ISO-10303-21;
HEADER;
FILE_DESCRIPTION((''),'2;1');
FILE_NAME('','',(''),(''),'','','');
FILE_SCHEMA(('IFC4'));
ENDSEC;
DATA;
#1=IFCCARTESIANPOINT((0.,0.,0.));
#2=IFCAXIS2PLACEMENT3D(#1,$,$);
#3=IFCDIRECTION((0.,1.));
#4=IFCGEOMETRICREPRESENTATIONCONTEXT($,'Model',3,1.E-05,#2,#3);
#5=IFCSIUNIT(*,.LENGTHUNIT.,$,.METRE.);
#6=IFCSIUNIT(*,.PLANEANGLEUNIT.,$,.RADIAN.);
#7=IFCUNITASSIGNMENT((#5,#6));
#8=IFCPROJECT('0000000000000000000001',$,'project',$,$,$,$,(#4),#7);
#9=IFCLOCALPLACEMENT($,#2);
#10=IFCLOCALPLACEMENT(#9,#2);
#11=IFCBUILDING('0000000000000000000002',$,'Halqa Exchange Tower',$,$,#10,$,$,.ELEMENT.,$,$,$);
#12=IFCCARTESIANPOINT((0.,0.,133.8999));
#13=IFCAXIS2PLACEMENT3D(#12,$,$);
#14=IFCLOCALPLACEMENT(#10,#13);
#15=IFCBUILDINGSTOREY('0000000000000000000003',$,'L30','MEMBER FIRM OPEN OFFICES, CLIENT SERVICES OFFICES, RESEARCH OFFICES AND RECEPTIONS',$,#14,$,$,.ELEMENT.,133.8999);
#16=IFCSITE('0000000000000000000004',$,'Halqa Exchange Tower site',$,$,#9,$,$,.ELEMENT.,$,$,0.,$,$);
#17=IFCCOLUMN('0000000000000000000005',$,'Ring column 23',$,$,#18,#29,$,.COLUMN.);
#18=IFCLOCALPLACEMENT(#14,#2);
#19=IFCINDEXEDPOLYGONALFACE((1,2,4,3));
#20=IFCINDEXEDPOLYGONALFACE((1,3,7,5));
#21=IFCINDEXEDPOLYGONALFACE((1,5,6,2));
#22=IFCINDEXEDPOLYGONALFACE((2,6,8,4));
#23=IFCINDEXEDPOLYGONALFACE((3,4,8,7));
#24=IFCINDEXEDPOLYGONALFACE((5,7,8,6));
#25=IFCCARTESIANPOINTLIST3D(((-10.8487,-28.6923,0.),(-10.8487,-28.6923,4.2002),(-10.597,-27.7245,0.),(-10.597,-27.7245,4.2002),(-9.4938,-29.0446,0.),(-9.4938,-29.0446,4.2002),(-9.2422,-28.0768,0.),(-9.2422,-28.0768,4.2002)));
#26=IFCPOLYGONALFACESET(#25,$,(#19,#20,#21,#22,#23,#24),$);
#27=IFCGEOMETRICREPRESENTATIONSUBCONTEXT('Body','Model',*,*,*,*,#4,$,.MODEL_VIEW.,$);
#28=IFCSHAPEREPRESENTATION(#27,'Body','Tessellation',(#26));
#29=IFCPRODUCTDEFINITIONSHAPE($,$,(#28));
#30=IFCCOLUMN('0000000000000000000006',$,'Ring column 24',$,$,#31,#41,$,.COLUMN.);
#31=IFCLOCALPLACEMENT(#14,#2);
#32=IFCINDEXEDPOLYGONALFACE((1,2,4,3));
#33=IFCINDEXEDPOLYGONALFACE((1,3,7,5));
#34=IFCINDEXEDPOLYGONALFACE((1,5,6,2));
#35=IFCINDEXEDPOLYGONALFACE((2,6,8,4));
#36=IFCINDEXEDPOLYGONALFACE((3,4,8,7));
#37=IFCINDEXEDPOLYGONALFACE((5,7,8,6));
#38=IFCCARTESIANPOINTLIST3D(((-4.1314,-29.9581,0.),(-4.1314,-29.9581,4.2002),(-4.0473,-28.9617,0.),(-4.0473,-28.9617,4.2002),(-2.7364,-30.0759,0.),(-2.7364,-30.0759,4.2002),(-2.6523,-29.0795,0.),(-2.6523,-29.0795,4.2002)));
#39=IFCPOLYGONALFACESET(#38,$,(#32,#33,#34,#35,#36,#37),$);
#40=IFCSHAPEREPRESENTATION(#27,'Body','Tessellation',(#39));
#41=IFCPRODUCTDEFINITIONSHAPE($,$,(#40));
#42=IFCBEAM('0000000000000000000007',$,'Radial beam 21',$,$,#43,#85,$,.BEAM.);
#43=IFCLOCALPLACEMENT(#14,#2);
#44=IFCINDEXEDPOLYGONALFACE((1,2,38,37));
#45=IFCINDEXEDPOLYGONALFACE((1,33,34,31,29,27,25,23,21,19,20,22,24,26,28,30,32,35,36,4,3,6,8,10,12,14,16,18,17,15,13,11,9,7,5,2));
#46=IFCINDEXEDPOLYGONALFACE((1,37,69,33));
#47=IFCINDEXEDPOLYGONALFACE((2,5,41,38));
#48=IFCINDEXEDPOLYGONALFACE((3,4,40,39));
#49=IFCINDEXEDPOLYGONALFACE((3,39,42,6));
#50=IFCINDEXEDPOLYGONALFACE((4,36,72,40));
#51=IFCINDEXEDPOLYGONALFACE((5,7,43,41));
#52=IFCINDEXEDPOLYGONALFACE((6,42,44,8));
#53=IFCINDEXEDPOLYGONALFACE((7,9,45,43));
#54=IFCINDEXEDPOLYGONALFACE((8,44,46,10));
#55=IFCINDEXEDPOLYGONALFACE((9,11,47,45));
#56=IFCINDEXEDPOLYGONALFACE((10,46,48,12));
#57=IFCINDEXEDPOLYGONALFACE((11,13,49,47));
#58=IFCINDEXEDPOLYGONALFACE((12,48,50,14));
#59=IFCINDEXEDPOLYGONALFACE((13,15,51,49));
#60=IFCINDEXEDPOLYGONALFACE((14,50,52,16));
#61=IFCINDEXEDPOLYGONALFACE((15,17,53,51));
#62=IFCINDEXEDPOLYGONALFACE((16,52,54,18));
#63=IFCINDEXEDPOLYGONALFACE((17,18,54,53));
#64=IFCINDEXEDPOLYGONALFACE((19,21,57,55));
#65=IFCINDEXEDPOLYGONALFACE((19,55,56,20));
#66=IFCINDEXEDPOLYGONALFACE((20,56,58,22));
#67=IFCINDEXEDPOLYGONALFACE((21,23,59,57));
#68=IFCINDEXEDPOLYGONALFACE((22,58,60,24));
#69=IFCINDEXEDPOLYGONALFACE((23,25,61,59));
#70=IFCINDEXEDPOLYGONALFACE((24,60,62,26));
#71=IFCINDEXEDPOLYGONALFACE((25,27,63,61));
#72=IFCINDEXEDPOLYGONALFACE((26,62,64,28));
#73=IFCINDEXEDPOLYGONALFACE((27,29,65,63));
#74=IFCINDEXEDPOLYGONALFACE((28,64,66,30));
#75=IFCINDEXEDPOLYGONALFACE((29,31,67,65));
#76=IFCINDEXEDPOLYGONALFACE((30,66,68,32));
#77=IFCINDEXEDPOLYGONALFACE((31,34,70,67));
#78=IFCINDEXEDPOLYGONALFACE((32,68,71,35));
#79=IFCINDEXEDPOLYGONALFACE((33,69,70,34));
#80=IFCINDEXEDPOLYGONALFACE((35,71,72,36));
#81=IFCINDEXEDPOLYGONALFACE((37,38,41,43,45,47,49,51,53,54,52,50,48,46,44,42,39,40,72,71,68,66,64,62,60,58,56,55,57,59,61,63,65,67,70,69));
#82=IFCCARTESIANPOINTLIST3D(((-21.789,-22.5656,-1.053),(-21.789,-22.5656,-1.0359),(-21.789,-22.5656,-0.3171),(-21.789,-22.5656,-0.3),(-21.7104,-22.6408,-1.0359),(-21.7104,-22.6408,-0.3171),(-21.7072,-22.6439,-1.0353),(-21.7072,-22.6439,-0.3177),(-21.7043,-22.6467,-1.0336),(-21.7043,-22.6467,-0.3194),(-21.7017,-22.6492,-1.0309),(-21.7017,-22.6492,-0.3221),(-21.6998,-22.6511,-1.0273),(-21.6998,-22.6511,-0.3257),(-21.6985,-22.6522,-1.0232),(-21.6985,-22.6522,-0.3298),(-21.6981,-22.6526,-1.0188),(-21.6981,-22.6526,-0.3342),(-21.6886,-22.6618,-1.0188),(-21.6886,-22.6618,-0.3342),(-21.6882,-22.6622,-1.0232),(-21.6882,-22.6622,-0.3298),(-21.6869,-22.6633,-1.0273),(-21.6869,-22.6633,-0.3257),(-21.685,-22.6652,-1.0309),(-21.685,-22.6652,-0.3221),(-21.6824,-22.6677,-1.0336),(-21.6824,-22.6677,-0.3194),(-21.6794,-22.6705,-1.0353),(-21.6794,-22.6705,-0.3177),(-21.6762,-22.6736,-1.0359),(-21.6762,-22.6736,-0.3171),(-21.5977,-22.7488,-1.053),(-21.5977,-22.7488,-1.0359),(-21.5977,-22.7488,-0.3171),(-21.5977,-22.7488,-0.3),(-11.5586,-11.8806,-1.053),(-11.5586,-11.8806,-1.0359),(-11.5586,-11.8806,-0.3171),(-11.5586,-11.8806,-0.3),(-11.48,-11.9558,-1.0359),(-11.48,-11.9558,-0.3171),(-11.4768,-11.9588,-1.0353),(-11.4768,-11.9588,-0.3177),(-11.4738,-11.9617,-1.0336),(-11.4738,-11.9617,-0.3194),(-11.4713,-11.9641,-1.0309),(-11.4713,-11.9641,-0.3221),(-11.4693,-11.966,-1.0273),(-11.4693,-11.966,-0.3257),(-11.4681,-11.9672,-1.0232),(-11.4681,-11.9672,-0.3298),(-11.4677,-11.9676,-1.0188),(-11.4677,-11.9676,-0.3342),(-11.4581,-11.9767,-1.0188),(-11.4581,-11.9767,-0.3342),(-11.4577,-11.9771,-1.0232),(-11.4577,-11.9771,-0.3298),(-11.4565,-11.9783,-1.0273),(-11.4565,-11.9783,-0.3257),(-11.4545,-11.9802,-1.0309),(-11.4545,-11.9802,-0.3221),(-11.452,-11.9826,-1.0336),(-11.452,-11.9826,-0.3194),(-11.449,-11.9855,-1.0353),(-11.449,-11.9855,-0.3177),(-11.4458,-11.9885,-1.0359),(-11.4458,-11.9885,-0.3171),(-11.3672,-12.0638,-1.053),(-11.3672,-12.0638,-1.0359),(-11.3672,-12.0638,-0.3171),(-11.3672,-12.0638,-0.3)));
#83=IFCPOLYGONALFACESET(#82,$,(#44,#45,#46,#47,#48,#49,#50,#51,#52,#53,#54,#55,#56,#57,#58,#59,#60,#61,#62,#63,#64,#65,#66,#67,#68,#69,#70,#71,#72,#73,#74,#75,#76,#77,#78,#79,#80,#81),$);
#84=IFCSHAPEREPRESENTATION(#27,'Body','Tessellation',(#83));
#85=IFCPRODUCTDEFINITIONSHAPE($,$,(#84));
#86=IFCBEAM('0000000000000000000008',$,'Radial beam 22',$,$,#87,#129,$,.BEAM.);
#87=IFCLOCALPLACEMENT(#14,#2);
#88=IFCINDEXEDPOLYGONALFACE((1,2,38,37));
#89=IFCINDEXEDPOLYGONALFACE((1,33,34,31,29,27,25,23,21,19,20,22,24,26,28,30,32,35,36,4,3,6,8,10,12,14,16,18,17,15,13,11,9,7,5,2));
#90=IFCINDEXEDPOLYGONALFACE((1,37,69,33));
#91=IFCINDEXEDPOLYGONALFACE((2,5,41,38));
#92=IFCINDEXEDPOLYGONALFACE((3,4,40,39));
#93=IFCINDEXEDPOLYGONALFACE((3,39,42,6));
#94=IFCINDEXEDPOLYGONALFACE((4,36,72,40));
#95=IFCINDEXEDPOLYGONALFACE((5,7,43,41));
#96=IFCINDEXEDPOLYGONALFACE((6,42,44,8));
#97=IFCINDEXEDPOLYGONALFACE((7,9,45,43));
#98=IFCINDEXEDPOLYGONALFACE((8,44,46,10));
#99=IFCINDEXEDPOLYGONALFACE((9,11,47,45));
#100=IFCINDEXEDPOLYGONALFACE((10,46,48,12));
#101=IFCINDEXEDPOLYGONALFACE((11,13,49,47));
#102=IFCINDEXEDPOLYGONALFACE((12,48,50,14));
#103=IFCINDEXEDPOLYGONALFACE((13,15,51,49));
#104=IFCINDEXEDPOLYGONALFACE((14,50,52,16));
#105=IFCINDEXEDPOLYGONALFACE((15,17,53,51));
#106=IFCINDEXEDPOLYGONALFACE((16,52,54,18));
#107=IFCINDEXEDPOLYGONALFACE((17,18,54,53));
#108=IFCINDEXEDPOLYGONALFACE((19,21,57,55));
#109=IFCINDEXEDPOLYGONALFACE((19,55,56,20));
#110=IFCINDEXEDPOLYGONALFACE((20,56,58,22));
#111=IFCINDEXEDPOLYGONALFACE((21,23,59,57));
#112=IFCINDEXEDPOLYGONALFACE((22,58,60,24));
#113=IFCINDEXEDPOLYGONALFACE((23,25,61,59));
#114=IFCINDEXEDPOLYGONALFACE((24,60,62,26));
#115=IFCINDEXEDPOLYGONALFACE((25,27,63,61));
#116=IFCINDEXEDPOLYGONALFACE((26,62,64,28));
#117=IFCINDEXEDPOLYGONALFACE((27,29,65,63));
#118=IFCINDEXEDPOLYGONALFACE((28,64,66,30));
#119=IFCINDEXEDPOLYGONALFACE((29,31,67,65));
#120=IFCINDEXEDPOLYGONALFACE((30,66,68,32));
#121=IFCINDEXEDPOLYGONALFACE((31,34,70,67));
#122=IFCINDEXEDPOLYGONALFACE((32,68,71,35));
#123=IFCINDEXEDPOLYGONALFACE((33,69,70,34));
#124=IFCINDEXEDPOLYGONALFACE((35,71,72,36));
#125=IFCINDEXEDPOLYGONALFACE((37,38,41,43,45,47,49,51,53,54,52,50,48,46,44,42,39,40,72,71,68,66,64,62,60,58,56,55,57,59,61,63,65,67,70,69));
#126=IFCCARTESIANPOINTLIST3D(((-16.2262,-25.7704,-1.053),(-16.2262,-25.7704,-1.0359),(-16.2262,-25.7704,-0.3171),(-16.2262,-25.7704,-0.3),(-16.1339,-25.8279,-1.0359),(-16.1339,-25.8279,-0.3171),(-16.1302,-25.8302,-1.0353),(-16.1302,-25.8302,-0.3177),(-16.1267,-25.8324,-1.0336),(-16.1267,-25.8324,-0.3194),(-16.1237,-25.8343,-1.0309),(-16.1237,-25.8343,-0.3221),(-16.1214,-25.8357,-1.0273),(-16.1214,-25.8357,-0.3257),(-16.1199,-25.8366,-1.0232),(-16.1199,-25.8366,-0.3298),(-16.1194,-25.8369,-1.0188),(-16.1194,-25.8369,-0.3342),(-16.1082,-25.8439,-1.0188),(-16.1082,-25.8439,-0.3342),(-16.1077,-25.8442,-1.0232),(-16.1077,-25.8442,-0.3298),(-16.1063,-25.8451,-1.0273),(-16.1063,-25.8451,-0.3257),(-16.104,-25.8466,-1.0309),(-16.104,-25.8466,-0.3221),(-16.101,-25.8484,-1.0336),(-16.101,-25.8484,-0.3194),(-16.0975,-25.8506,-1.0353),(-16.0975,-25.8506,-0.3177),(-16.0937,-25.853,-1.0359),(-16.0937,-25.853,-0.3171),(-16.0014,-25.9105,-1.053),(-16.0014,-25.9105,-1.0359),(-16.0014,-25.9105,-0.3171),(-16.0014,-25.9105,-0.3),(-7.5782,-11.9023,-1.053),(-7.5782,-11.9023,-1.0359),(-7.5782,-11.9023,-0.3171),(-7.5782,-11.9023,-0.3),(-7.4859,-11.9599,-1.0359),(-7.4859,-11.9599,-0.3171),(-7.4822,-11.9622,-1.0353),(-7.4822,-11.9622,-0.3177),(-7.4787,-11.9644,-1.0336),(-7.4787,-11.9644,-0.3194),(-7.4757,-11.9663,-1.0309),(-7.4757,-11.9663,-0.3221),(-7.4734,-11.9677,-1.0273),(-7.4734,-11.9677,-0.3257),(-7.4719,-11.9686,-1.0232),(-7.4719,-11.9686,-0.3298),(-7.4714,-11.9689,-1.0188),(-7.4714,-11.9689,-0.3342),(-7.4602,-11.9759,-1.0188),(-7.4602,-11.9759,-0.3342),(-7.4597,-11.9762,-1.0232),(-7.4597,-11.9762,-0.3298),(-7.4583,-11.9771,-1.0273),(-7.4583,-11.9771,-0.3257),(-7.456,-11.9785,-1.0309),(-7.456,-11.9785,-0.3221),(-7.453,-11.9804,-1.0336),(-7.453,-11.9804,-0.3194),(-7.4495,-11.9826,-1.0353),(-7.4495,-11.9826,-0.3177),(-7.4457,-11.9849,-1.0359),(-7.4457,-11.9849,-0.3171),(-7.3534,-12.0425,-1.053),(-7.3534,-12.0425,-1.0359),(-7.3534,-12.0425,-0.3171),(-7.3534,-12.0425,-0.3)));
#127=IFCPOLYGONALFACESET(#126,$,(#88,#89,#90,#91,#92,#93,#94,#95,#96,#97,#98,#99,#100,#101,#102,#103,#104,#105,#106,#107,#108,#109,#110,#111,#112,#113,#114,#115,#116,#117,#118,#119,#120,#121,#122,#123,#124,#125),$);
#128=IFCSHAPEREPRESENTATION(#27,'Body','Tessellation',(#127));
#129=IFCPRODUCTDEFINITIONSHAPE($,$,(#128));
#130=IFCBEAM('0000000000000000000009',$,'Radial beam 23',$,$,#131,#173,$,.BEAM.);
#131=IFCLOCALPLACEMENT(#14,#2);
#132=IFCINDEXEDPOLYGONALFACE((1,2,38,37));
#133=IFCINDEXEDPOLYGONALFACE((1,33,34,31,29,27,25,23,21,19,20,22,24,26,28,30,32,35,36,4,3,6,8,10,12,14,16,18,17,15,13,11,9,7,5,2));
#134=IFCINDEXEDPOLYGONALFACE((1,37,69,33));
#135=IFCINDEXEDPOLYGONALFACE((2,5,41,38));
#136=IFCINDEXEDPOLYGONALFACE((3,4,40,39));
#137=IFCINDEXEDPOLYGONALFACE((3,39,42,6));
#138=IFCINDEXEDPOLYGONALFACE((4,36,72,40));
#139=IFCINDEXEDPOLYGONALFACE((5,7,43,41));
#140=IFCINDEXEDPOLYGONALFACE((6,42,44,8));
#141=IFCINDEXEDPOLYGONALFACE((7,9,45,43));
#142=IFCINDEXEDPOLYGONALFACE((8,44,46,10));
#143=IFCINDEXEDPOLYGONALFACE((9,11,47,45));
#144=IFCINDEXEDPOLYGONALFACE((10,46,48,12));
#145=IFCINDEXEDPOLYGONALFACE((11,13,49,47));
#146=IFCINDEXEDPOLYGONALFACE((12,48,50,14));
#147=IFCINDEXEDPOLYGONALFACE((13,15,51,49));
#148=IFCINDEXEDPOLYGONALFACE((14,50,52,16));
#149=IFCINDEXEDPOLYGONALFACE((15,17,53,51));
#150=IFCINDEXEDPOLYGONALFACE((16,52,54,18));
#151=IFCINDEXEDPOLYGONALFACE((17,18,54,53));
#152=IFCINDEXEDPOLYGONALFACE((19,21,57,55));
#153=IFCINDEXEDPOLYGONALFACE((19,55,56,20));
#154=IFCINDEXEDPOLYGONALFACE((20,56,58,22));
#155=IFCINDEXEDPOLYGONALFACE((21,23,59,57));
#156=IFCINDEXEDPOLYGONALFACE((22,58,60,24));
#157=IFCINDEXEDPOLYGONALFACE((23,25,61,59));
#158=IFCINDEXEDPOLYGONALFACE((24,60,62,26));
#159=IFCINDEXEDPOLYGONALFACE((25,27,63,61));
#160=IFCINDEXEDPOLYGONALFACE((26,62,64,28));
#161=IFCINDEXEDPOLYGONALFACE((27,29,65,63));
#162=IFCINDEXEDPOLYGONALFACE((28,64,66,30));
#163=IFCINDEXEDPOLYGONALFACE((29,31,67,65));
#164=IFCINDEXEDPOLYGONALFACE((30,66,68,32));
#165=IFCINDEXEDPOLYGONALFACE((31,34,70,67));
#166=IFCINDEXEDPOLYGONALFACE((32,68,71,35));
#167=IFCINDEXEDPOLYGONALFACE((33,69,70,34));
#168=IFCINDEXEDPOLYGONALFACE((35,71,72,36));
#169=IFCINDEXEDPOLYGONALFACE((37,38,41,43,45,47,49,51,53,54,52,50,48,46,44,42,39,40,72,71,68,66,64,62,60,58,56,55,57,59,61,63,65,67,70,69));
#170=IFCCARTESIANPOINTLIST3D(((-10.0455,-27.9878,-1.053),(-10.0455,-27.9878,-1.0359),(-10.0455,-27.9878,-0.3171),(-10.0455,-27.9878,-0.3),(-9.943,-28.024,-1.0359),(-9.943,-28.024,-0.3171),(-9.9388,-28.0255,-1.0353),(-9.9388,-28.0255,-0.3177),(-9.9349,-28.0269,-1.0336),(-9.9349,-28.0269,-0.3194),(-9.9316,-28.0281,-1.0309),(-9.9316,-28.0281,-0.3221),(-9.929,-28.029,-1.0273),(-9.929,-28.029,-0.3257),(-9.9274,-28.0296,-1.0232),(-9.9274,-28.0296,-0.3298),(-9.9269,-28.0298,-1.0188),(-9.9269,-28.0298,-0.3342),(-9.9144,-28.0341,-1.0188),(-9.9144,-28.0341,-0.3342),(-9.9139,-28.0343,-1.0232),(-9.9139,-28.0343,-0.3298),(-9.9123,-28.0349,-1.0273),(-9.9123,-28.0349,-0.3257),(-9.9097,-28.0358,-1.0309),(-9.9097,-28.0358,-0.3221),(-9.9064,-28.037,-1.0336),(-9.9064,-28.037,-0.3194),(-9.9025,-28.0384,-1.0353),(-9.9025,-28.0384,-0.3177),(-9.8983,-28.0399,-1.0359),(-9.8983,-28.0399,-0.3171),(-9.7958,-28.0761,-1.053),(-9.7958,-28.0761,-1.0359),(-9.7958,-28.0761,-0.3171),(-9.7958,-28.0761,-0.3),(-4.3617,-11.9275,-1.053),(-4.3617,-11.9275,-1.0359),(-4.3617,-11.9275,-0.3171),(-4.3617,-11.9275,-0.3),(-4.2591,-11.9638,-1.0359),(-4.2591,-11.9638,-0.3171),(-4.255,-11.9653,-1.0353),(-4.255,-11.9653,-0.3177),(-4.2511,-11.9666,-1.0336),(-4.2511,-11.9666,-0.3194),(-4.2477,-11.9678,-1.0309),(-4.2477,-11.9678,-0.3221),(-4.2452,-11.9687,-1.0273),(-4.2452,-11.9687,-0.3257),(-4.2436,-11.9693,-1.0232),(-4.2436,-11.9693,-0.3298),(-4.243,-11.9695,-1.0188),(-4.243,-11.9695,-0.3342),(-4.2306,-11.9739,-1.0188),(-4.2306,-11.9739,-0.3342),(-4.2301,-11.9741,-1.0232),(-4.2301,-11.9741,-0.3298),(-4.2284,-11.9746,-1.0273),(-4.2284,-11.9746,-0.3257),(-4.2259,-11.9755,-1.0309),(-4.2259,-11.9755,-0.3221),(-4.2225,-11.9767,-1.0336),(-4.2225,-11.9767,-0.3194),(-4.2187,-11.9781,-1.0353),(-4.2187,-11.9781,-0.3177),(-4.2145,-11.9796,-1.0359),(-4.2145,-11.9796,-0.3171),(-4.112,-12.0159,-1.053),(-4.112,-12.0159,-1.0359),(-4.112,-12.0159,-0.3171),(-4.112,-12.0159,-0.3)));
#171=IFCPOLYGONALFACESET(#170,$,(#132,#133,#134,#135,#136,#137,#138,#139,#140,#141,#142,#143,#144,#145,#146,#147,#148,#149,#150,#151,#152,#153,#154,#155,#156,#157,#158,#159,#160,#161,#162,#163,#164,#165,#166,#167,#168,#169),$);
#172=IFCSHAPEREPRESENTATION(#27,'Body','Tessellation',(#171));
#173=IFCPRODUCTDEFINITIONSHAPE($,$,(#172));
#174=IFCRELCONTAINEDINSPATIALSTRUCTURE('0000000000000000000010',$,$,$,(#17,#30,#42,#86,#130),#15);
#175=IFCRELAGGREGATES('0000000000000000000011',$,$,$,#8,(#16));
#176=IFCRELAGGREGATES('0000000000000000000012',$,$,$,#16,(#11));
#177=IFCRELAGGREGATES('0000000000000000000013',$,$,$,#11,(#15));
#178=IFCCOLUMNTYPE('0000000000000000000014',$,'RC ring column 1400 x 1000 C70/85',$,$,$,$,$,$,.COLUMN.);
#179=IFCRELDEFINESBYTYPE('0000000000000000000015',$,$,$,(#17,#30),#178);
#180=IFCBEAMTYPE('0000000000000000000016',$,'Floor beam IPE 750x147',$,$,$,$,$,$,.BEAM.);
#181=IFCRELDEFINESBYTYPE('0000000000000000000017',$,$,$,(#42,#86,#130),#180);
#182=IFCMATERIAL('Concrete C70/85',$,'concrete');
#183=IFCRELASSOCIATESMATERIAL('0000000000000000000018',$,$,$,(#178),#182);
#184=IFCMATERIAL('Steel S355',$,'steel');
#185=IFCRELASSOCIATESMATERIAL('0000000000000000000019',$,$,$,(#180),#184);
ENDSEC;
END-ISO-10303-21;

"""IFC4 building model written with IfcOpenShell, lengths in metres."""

from ifc_helpers import new_model, si_unit, direction, frame, origin, origin_2d, place, context, subcontext, project, spatial, rectangle, i_section, extrude, material, material_profile, profile_set, type_object, element, save


model = new_model("IFC4")

# Units and contexts
model_context = context("Model", 3, precision=1e-05, world=origin(), true_north=direction((0.0, 1.0)))
body_context = subcontext(model_context, "Body", "Model", "MODEL_VIEW")
ifc_project = project(units=[si_unit("LENGTHUNIT", "METRE"), si_unit("PLANEANGLEUNIT", "RADIAN")], contexts=[model_context])

# Site, building, storey
site_placement = place(None, origin())
site = spatial("IfcSite", under=ifc_project, at=site_placement, Name="Halqa Exchange Tower site", CompositionType="ELEMENT", RefElevation=0.0)
building_placement = place(site_placement, origin())
building = spatial("IfcBuilding", under=site, at=building_placement, Name="Halqa Exchange Tower", CompositionType="ELEMENT")
storey_placement = place(building_placement, frame((0.0, 0.0, 133.8999)))
storey = spatial("IfcBuildingStorey", under=building, at=storey_placement, Name="L30", Description="MEMBER FIRM OPEN OFFICES, CLIENT SERVICES OFFICES, RESEARCH OFFICES AND RECEPTIONS", CompositionType="ELEMENT", Elevation=133.8999)

# Columns
ifc_material_1 = material(Name="Concrete C70/85", Category="concrete")
ifc_material_profile_1 = material_profile(ifc_material_1, rectangle(XDim=1.3999, YDim=1.0, at=origin_2d()), Name="1400 x 1000")
ifc_profile_set_1 = profile_set([ifc_material_profile_1], Name="Concrete C70/85")
column_type = type_object("IfcColumnType", Name="RC ring column 1400 x 1000 C70/85", PredefinedType="COLUMN", material=ifc_profile_set_1)
for number, where, z_axis, x_axis, name in (
    (1, (-10.0454, -28.3845, 0.0), (0.0, 0.0, 1.0), (0.96782, -0.251645, 0.0), "Ring column 23"),
    (2, (-3.3918, -29.5188, 0.0), (0.0, 0.0, 1.0), (0.996455, -0.084123, 0.0), "Ring column 24"),
):
    element("IfcColumn", number, at=place(storey_placement, frame(where, z_axis=z_axis, x_axis=x_axis)), inside=storey, type_object=column_type, Name=name, PredefinedType="COLUMN", context=body_context, shape_type="SweptSolid", body=[
        extrude(rectangle(XDim=1.3999, YDim=1.0, at=origin_2d()), origin(), (0.0, 0.0, 1.0), 4.2002),
    ])

# Beams
ifc_material_2 = material(Name="Steel S355", Category="steel")
ifc_material_profile_2 = material_profile(ifc_material_2, i_section(OverallWidth=0.2649, OverallDepth=0.7529, WebThickness=0.0132, FlangeThickness=0.0171, FilletRadius=0.0171, at=origin_2d()), Name="IPE 750x147")
ifc_profile_set_2 = profile_set([ifc_material_profile_2], Name="Steel S355")
beam_type_1 = type_object("IfcBeamType", Name="Floor beam IPE 750x147", PredefinedType="BEAM", material=ifc_profile_set_2)
beam_1_placement = place(storey_placement, frame((-11.4629, -11.9722, -0.6765), z_axis=(-0.691575, -0.722305, 0.0), x_axis=(0.722305, -0.691575, 0.0)))
element("IfcBeam", 3, at=beam_1_placement, inside=storey, type_object=beam_type_1, Name="Radial beam 21", PredefinedType="BEAM", context=body_context, shape_type="SweptSolid", body=[
    extrude(i_section(OverallWidth=0.2649, OverallDepth=0.7529, WebThickness=0.0132, FlangeThickness=0.0171, FilletRadius=0.0171, at=origin_2d()), origin(), (0.0, 0.0, 1.0), 14.793),
])
beam_2_placement = place(storey_placement, frame((-7.4658, -11.9724, -0.6765), z_axis=(-0.529141, -0.848534, 0.0), x_axis=(0.848534, -0.529141, 0.0)))
element("IfcBeam", 4, at=beam_2_placement, inside=storey, type_object=beam_type_1, Name="Radial beam 22", PredefinedType="BEAM", context=body_context, shape_type="SweptSolid", body=[
    extrude(i_section(OverallWidth=0.2649, OverallDepth=0.7529, WebThickness=0.0132, FlangeThickness=0.0171, FilletRadius=0.0171, at=origin_2d()), origin(), (0.0, 0.0, 1.0), 16.3435),
])
beam_3_placement = place(storey_placement, frame((-4.2368, -11.9717, -0.6765), z_axis=(-0.333629, -0.942705, 0.0), x_axis=(0.942705, -0.333629, 0.0)))
element("IfcBeam", 5, at=beam_3_placement, inside=storey, type_object=beam_type_1, Name="Radial beam 23", PredefinedType="BEAM", context=body_context, shape_type="SweptSolid", body=[
    extrude(i_section(OverallWidth=0.2649, OverallDepth=0.7529, WebThickness=0.0132, FlangeThickness=0.0171, FilletRadius=0.0171, at=origin_2d()), origin(), (0.0, 0.0, 1.0), 17.0364),
])

save(model, "model.ifc")
